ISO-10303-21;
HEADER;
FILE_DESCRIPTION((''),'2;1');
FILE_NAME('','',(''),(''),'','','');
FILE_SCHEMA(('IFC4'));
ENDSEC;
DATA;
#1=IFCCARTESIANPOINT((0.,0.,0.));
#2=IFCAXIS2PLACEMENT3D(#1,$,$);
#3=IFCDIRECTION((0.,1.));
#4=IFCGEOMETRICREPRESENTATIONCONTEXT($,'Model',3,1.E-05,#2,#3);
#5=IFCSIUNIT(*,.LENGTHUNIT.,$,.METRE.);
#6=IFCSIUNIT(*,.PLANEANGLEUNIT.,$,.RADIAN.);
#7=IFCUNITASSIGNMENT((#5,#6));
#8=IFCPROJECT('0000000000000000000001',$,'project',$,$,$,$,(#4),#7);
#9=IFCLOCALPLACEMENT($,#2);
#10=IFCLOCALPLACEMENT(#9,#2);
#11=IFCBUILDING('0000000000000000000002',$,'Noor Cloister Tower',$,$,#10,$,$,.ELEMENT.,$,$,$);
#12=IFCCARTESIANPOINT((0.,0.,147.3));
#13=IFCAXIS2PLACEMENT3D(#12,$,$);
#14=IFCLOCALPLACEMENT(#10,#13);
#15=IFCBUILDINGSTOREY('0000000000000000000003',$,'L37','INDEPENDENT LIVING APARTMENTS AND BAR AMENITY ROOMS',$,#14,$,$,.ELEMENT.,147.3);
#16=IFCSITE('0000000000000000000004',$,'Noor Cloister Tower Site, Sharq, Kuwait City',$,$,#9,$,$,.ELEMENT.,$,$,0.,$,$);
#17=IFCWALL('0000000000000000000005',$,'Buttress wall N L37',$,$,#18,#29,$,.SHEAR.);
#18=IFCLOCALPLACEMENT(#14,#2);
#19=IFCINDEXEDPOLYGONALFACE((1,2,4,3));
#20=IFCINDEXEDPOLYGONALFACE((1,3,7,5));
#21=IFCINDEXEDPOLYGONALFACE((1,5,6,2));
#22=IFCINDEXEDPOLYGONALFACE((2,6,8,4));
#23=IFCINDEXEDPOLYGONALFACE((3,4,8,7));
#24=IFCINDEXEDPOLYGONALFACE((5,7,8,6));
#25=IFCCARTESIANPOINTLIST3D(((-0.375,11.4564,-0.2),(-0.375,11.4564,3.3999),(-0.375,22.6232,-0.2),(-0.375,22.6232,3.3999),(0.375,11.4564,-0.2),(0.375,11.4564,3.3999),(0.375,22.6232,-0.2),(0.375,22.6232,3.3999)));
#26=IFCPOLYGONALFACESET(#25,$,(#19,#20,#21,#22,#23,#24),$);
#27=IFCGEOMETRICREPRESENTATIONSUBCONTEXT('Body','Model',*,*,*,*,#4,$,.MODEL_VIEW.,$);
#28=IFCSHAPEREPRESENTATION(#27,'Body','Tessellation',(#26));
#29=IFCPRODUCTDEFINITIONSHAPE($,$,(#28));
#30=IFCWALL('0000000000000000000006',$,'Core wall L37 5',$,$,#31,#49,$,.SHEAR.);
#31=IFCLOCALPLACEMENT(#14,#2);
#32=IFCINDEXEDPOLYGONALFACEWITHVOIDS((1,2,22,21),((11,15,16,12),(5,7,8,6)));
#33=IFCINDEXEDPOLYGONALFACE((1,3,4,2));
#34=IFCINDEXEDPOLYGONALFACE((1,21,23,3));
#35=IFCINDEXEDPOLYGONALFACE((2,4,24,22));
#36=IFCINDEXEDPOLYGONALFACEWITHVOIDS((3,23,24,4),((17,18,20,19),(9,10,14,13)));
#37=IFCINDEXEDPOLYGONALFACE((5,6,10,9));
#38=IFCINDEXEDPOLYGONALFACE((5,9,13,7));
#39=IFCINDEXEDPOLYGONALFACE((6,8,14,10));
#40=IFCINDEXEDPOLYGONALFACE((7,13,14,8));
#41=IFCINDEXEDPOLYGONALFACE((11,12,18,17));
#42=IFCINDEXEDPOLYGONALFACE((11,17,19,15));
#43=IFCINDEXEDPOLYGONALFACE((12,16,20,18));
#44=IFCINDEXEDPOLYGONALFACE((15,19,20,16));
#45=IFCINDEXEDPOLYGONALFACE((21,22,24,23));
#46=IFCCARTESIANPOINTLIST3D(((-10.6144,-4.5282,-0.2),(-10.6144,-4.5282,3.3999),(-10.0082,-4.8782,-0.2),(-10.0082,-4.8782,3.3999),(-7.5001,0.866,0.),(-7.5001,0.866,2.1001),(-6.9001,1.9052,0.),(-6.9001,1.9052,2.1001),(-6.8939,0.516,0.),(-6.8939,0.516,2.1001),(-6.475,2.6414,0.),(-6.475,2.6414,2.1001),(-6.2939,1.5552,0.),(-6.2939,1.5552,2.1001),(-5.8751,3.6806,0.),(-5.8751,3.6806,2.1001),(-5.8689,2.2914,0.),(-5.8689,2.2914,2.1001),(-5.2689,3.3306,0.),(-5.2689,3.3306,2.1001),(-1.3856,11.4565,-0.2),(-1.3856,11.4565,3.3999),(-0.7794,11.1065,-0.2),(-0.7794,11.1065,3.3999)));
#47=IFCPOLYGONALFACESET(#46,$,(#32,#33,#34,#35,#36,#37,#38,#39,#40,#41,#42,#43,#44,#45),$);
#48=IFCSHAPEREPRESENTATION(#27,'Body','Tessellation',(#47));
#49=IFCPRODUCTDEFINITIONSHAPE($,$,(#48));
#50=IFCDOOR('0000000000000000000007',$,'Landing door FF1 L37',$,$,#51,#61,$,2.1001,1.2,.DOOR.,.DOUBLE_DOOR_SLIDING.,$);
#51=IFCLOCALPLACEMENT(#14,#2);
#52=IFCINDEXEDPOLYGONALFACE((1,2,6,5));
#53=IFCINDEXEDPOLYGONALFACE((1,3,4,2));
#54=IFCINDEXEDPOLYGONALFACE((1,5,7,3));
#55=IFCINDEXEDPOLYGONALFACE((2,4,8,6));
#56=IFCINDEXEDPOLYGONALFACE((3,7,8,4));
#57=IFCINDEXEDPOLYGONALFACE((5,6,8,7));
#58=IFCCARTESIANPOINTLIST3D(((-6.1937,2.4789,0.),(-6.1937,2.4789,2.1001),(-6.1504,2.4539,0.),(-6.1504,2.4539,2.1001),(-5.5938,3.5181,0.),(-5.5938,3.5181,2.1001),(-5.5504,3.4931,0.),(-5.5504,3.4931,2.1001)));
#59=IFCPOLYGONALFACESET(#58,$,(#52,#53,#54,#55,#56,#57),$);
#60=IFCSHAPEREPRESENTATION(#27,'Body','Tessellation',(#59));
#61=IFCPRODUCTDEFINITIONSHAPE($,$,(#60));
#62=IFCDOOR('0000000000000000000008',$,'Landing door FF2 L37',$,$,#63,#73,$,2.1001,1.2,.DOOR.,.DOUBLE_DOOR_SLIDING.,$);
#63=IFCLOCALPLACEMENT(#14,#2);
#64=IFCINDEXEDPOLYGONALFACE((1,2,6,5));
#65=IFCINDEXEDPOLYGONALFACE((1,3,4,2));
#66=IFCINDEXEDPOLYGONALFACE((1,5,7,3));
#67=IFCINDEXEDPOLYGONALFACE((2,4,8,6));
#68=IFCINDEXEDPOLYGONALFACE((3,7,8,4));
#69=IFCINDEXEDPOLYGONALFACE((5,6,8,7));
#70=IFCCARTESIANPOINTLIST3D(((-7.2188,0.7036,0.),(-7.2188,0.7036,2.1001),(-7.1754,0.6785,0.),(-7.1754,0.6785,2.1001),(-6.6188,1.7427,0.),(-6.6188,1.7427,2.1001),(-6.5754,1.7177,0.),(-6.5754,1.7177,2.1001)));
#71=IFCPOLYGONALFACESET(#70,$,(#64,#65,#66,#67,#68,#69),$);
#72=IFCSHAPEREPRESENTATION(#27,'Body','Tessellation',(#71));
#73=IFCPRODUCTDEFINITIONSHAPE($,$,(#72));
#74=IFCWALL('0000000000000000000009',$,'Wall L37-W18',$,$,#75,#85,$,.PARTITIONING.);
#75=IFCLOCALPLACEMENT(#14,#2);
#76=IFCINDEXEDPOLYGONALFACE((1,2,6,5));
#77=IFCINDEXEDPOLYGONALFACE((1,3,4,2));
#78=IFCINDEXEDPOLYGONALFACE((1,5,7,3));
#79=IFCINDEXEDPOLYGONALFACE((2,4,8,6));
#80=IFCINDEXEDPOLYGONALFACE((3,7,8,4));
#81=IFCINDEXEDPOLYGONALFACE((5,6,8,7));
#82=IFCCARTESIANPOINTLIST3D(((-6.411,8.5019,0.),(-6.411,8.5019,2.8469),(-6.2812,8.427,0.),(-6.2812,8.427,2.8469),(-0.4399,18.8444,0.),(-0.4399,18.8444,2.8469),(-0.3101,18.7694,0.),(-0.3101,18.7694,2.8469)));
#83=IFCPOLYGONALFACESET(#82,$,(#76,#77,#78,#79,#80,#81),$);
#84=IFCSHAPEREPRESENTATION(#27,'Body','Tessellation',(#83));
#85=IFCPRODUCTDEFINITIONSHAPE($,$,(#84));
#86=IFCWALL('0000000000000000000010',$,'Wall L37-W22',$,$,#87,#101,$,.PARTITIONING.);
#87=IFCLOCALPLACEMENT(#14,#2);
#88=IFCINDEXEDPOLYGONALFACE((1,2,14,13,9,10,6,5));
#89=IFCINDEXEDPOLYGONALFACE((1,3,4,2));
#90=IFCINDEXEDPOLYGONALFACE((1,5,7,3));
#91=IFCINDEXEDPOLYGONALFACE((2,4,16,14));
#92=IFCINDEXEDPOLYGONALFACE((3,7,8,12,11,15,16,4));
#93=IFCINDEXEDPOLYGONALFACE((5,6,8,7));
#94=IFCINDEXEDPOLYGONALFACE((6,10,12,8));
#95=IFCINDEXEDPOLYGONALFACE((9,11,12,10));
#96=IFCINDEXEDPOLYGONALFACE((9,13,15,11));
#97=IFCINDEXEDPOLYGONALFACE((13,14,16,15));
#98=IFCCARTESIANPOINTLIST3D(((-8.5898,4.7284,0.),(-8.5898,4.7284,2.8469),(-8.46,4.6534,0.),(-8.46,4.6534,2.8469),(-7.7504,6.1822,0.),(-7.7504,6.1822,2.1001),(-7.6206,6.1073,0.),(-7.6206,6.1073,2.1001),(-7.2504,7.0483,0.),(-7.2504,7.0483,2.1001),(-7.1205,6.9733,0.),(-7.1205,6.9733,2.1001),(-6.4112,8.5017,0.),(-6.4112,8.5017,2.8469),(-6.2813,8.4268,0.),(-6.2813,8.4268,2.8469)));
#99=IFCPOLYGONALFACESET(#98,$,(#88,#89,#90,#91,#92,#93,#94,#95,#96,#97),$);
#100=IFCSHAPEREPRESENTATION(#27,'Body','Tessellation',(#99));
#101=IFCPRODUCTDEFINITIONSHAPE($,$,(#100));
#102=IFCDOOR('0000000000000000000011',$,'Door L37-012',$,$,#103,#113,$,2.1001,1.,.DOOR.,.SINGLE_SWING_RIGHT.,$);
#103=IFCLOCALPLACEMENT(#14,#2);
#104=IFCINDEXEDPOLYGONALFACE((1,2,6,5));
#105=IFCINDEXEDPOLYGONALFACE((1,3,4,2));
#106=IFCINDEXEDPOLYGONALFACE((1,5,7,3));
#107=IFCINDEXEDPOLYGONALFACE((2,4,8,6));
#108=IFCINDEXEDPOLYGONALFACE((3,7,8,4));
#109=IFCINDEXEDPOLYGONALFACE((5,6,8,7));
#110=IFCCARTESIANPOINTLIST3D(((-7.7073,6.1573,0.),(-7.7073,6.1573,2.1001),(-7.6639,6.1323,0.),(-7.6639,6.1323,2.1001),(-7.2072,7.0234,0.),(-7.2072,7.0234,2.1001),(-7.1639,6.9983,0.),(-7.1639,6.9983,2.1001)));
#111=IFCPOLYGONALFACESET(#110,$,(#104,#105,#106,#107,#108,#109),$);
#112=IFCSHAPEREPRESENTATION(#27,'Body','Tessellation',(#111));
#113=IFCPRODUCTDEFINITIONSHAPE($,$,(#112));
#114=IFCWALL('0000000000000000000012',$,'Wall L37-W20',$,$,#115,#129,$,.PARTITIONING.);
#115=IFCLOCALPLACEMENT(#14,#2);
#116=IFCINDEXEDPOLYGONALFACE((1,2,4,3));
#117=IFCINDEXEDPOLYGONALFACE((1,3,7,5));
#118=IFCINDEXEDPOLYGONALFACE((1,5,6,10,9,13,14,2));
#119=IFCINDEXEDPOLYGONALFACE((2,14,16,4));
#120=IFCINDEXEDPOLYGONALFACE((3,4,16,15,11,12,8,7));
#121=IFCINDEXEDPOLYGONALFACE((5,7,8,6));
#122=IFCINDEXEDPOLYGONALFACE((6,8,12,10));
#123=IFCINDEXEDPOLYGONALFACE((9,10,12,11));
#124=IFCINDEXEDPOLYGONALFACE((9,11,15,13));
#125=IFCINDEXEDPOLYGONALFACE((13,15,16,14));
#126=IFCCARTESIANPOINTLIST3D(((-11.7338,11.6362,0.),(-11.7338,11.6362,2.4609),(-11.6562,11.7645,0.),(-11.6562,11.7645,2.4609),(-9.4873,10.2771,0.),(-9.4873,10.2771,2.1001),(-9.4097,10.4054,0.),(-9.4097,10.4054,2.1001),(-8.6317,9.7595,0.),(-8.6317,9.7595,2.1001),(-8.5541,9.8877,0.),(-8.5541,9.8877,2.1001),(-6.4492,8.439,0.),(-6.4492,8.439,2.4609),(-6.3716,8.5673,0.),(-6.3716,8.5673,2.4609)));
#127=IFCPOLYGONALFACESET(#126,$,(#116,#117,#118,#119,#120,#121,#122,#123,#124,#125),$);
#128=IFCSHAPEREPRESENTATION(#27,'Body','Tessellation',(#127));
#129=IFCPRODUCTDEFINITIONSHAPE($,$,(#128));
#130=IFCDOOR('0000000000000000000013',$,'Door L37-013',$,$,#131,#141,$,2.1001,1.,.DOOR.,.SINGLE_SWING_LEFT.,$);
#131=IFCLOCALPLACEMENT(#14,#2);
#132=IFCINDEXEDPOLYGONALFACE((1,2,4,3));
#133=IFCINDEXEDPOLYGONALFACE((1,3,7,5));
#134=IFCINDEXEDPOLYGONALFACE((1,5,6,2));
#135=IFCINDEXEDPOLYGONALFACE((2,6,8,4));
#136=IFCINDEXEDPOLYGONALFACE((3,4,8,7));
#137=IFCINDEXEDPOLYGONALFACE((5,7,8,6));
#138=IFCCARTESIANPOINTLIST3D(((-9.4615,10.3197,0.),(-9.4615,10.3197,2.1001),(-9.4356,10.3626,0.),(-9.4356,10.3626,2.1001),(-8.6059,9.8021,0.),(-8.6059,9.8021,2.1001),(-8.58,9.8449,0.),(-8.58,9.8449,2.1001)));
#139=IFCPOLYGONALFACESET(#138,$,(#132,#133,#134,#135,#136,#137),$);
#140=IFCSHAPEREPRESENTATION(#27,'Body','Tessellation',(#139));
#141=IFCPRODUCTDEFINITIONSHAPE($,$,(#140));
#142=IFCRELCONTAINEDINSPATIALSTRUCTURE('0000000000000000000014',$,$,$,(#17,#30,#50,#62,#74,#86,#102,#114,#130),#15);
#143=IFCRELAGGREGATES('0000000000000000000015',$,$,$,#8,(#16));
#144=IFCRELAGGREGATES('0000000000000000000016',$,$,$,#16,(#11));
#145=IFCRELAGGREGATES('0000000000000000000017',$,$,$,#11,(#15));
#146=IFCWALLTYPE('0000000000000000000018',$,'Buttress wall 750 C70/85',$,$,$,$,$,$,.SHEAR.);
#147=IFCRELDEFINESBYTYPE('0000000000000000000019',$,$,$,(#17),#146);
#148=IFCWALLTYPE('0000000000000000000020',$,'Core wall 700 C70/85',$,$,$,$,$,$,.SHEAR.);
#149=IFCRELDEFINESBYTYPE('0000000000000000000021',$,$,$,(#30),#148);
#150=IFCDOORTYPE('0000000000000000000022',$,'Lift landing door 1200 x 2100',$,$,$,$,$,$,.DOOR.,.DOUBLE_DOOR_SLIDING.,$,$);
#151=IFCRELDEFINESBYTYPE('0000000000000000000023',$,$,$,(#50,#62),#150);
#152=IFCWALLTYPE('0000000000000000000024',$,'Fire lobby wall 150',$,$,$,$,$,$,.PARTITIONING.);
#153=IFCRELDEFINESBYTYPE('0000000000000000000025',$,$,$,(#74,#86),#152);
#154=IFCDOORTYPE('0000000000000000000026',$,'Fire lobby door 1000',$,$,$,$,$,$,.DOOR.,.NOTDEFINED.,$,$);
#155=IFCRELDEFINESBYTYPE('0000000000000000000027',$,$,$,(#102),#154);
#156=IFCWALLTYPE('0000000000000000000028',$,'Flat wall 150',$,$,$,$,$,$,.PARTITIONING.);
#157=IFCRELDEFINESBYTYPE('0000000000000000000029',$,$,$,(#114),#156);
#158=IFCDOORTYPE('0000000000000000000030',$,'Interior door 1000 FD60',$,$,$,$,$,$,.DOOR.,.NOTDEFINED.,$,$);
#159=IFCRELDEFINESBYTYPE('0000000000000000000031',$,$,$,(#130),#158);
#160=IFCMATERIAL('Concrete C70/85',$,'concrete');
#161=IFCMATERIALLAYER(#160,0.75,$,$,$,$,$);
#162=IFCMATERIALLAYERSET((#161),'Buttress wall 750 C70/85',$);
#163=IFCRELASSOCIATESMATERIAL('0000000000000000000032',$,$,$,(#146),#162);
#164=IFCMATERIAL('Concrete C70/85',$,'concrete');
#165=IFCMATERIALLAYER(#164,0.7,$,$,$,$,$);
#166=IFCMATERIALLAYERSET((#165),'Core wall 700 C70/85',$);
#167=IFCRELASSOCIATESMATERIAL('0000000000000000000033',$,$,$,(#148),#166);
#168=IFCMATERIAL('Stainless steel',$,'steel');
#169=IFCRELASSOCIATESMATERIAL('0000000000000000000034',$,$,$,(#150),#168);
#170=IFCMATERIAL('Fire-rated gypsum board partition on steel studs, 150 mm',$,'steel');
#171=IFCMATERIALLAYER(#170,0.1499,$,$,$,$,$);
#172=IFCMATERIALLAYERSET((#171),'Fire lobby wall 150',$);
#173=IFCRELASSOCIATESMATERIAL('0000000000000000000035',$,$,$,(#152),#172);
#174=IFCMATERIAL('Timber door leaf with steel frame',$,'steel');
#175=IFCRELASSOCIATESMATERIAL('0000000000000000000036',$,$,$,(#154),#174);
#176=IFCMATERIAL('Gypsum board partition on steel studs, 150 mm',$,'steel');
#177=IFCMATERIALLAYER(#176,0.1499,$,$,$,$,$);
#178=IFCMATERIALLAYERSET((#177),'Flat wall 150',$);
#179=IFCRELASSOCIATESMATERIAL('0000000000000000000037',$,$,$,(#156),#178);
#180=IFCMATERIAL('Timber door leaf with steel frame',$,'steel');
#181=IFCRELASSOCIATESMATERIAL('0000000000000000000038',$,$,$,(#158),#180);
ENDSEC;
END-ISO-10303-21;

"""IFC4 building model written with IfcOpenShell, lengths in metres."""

from ifc_helpers import new_model, si_unit, direction, frame, frame_2d, origin, place, context, subcontext, project, spatial, rectangle, extrude, material, layer, layer_set, type_object, element, fill, save


model = new_model("IFC4")

# Units and contexts
model_context = context("Model", 3, precision=1e-05, world=origin(), true_north=direction((0.0, 1.0)))
body_context = subcontext(model_context, "Body", "Model", "MODEL_VIEW")
ifc_project = project(units=[si_unit("LENGTHUNIT", "METRE"), si_unit("PLANEANGLEUNIT", "RADIAN")], contexts=[model_context])

# Site, building, storey
site_placement = place(None, origin())
site = spatial("IfcSite", under=ifc_project, at=site_placement, Name="Noor Cloister Tower Site, Sharq, Kuwait City", CompositionType="ELEMENT", RefElevation=0.0)
building_placement = place(site_placement, origin())
building = spatial("IfcBuilding", under=site, at=building_placement, Name="Noor Cloister Tower", CompositionType="ELEMENT")
storey_placement = place(building_placement, frame((0.0, 0.0, 147.3)))
storey = spatial("IfcBuildingStorey", under=building, at=storey_placement, Name="L37", Description="INDEPENDENT LIVING APARTMENTS AND BAR AMENITY ROOMS", CompositionType="ELEMENT", Elevation=147.3)

# Wall
ifc_material_1 = material(Name="Concrete C70/85", Category="concrete")
ifc_layer_1 = layer(ifc_material_1, 0.75)
ifc_layer_set_1 = layer_set([ifc_layer_1], Name="Buttress wall 750 C70/85")
wall_type_1 = type_object("IfcWallType", Name="Buttress wall 750 C70/85", PredefinedType="SHEAR", material=ifc_layer_set_1)
wall_1_placement = place(storey_placement, frame((0.0, 11.4563, -0.2), z_axis=(0.0, 0.0, 1.0), x_axis=(0.0, 1.0, 0.0)))
element("IfcWall", 1, at=wall_1_placement, inside=storey, type_object=wall_type_1, Name="Buttress wall N L37", PredefinedType="SHEAR", context=body_context, shape_type="SweptSolid", body=[
    extrude(rectangle(XDim=11.1667, YDim=0.75, at=frame_2d((5.5835, 0.0))), origin(), (0.0, 0.0, 1.0), 3.5999),
])

# Wall, openings, doors
ifc_material_2 = material(Name="Concrete C70/85", Category="concrete")
ifc_layer_2 = layer(ifc_material_2, 0.7)
ifc_layer_set_2 = layer_set([ifc_layer_2], Name="Core wall 700 C70/85")
wall_type_2 = type_object("IfcWallType", Name="Core wall 700 C70/85", PredefinedType="SHEAR", material=ifc_layer_set_2)
wall_2_placement = place(storey_placement, frame((-1.0825, 11.2815, -0.2), z_axis=(0.0, 0.0, 1.0), x_axis=(-0.500001, -0.866025, 0.0)))
wall_2 = element("IfcWall", 2, at=wall_2_placement, inside=storey, type_object=wall_type_2, Name="Core wall L37 5", PredefinedType="SHEAR", context=body_context, shape_type="SweptSolid", body=[
    extrude(rectangle(XDim=18.4575, YDim=0.7, at=frame_2d((9.2288, 0.0))), origin(), (0.0, 0.0, 1.0), 3.5999),
])
opening_1_placement = place(wall_2_placement, frame((8.9788, 0.0, 0.2)))
opening_1 = element("IfcOpeningElement", 3, at=opening_1_placement, cuts=wall_2, PredefinedType="OPENING", context=body_context, shape_type="SweptSolid", body=[
    extrude(rectangle(XDim=1.2, YDim=2.1001, at=frame_2d((0.6001, 1.05))), frame((0.0, 0.3599, 0.0), z_axis=(0.0, -1.0, 0.0), x_axis=(1.0, 0.0, 0.0)), (0.0, 0.0, 1.0), 0.72),
])
opening_2_placement = place(wall_2_placement, frame((11.0288, 0.0, 0.2)))
opening_2 = element("IfcOpeningElement", 4, at=opening_2_placement, cuts=wall_2, PredefinedType="OPENING", context=body_context, shape_type="SweptSolid", body=[
    extrude(rectangle(XDim=1.2, YDim=2.1001, at=frame_2d((0.6001, 1.05))), frame((0.0, 0.3599, 0.0), z_axis=(0.0, -1.0, 0.0), x_axis=(1.0, 0.0, 0.0)), (0.0, 0.0, 1.0), 0.72),
])
ifc_material_3 = material(Name="Stainless steel", Category="steel")
door_type_1 = type_object("IfcDoorType", Name="Lift landing door 1200 x 2100", OperationType="DOUBLE_DOOR_SLIDING", PredefinedType="DOOR", material=ifc_material_3)
door_1_placement = place(opening_1_placement, origin())
door_1 = element("IfcDoor", 5, at=door_1_placement, inside=storey, type_object=door_type_1, Name="Landing door FF1 L37", OperationType="DOUBLE_DOOR_SLIDING", OverallHeight=2.1001, OverallWidth=1.2, PredefinedType="DOOR", context=body_context, shape_type="SweptSolid", body=[
    extrude(rectangle(XDim=1.2, YDim=2.1001, at=frame_2d((0.6001, 1.05))), frame((0.0, 0.0249, 0.0), z_axis=(0.0, -1.0, 0.0), x_axis=(1.0, 0.0, 0.0)), (0.0, 0.0, 1.0), 0.05),
])
fill(opening_1, door_1)
door_2_placement = place(opening_2_placement, origin())
door_2 = element("IfcDoor", 6, at=door_2_placement, inside=storey, type_object=door_type_1, Name="Landing door FF2 L37", OperationType="DOUBLE_DOOR_SLIDING", OverallHeight=2.1001, OverallWidth=1.2, PredefinedType="DOOR", context=body_context, shape_type="SweptSolid", body=[
    extrude(rectangle(XDim=1.2, YDim=2.1001, at=frame_2d((0.6001, 1.05))), frame((0.0, 0.0249, 0.0), z_axis=(0.0, -1.0, 0.0), x_axis=(1.0, 0.0, 0.0)), (0.0, 0.0, 1.0), 0.05),
])
fill(opening_2, door_2)

# Wall
ifc_material_4 = material(Name="Fire-rated gypsum board partition on steel studs, 150 mm", Category="steel")
ifc_layer_3 = layer(ifc_material_4, 0.1499)
ifc_layer_set_3 = layer_set([ifc_layer_3], Name="Fire lobby wall 150")
wall_type_3 = type_object("IfcWallType", Name="Fire lobby wall 150", PredefinedType="PARTITIONING", material=ifc_layer_set_3)
wall_3_placement = place(storey_placement, frame((-0.375, 18.8069, 0.0), z_axis=(0.0, 0.0, 1.0), x_axis=(-0.499996, -0.866028, 0.0)))
element("IfcWall", 7, at=wall_3_placement, inside=storey, type_object=wall_type_3, Name="Wall L37-W18", PredefinedType="PARTITIONING", context=body_context, shape_type="SweptSolid", body=[
    extrude(rectangle(XDim=11.9424, YDim=0.1499, at=frame_2d((5.9712, 0.0))), origin(), (0.0, 0.0, 1.0), 2.8469),
])

# Walls, openings, doors
wall_4_placement = place(storey_placement, frame((-6.3462, 8.4644, 0.0), z_axis=(0.0, 0.0, 1.0), x_axis=(-0.50002, -0.866014, 0.0)))
wall_4 = element("IfcWall", 8, at=wall_4_placement, inside=storey, type_object=wall_type_3, Name="Wall L37-W22", PredefinedType="PARTITIONING", context=body_context, shape_type="SweptSolid", body=[
    extrude(rectangle(XDim=4.3572, YDim=0.1499, at=frame_2d((2.1787, 0.0))), origin(), (0.0, 0.0, 1.0), 2.8469),
])
opening_3_placement = place(wall_4_placement, frame((1.6785, 0.0, 0.0)))
opening_3 = element("IfcOpeningElement", 9, at=opening_3_placement, cuts=wall_4, PredefinedType="OPENING", context=body_context, shape_type="SweptSolid", body=[
    extrude(rectangle(XDim=1.0, YDim=2.1001, at=frame_2d((0.5, 1.05))), frame((0.0, 0.085, 0.0), z_axis=(0.0, -1.0, 0.0), x_axis=(1.0, 0.0, 0.0)), (0.0, 0.0, 1.0), 0.1699),
])
ifc_material_5 = material(Name="Timber door leaf with steel frame", Category="steel")
door_type_2 = type_object("IfcDoorType", Name="Fire lobby door 1000", OperationType="NOTDEFINED", PredefinedType="DOOR", material=ifc_material_5)
door_3_placement = place(opening_3_placement, origin())
door_3 = element("IfcDoor", 10, at=door_3_placement, inside=storey, type_object=door_type_2, Name="Door L37-012", OperationType="SINGLE_SWING_RIGHT", OverallHeight=2.1001, OverallWidth=1.0, PredefinedType="DOOR", context=body_context, shape_type="SweptSolid", body=[
    extrude(rectangle(XDim=1.0, YDim=2.1001, at=frame_2d((0.5, 1.05))), frame((0.0, 0.0249, 0.0), z_axis=(0.0, -1.0, 0.0), x_axis=(1.0, 0.0, 0.0)), (0.0, 0.0, 1.0), 0.05),
])
fill(opening_3, door_3)
ifc_material_6 = material(Name="Gypsum board partition on steel studs, 150 mm", Category="steel")
ifc_layer_4 = layer(ifc_material_6, 0.1499)
ifc_layer_set_4 = layer_set([ifc_layer_4], Name="Flat wall 150")
wall_type_4 = type_object("IfcWallType", Name="Flat wall 150", PredefinedType="PARTITIONING", material=ifc_layer_set_4)
wall_5_placement = place(storey_placement, frame((-11.6951, 11.7004, 0.0), z_axis=(0.0, 0.0, 1.0), x_axis=(0.855597, -0.517643, 0.0)))
wall_5 = element("IfcWall", 11, at=wall_5_placement, inside=storey, type_object=wall_type_4, Name="Wall L37-W20", PredefinedType="PARTITIONING", context=body_context, shape_type="SweptSolid", body=[
    extrude(rectangle(XDim=6.1765, YDim=0.1499, at=frame_2d((3.0884, 0.0))), origin(), (0.0, 0.0, 1.0), 2.4609),
])
opening_4_placement = place(wall_5_placement, frame((2.6257, 0.0, 0.0)))
opening_4 = element("IfcOpeningElement", 12, at=opening_4_placement, cuts=wall_5, PredefinedType="OPENING", context=body_context, shape_type="SweptSolid", body=[
    extrude(rectangle(XDim=1.0, YDim=2.1001, at=frame_2d((0.5, 1.05))), frame((0.0, 0.085, 0.0), z_axis=(0.0, -1.0, 0.0), x_axis=(1.0, 0.0, 0.0)), (0.0, 0.0, 1.0), 0.1699),
])
ifc_material_7 = material(Name="Timber door leaf with steel frame", Category="steel")
door_type_3 = type_object("IfcDoorType", Name="Interior door 1000 FD60", OperationType="NOTDEFINED", PredefinedType="DOOR", material=ifc_material_7)
door_4_placement = place(opening_4_placement, origin())
door_4 = element("IfcDoor", 13, at=door_4_placement, inside=storey, type_object=door_type_3, Name="Door L37-013", OperationType="SINGLE_SWING_LEFT", OverallHeight=2.1001, OverallWidth=1.0, PredefinedType="DOOR", context=body_context, shape_type="SweptSolid", body=[
    extrude(rectangle(XDim=1.0, YDim=2.1001, at=frame_2d((0.5, 1.05))), frame((0.0, 0.0249, 0.0), z_axis=(0.0, -1.0, 0.0), x_axis=(1.0, 0.0, 0.0)), (0.0, 0.0, 1.0), 0.05),
])
fill(opening_4, door_4)

save(model, "model.ifc")
